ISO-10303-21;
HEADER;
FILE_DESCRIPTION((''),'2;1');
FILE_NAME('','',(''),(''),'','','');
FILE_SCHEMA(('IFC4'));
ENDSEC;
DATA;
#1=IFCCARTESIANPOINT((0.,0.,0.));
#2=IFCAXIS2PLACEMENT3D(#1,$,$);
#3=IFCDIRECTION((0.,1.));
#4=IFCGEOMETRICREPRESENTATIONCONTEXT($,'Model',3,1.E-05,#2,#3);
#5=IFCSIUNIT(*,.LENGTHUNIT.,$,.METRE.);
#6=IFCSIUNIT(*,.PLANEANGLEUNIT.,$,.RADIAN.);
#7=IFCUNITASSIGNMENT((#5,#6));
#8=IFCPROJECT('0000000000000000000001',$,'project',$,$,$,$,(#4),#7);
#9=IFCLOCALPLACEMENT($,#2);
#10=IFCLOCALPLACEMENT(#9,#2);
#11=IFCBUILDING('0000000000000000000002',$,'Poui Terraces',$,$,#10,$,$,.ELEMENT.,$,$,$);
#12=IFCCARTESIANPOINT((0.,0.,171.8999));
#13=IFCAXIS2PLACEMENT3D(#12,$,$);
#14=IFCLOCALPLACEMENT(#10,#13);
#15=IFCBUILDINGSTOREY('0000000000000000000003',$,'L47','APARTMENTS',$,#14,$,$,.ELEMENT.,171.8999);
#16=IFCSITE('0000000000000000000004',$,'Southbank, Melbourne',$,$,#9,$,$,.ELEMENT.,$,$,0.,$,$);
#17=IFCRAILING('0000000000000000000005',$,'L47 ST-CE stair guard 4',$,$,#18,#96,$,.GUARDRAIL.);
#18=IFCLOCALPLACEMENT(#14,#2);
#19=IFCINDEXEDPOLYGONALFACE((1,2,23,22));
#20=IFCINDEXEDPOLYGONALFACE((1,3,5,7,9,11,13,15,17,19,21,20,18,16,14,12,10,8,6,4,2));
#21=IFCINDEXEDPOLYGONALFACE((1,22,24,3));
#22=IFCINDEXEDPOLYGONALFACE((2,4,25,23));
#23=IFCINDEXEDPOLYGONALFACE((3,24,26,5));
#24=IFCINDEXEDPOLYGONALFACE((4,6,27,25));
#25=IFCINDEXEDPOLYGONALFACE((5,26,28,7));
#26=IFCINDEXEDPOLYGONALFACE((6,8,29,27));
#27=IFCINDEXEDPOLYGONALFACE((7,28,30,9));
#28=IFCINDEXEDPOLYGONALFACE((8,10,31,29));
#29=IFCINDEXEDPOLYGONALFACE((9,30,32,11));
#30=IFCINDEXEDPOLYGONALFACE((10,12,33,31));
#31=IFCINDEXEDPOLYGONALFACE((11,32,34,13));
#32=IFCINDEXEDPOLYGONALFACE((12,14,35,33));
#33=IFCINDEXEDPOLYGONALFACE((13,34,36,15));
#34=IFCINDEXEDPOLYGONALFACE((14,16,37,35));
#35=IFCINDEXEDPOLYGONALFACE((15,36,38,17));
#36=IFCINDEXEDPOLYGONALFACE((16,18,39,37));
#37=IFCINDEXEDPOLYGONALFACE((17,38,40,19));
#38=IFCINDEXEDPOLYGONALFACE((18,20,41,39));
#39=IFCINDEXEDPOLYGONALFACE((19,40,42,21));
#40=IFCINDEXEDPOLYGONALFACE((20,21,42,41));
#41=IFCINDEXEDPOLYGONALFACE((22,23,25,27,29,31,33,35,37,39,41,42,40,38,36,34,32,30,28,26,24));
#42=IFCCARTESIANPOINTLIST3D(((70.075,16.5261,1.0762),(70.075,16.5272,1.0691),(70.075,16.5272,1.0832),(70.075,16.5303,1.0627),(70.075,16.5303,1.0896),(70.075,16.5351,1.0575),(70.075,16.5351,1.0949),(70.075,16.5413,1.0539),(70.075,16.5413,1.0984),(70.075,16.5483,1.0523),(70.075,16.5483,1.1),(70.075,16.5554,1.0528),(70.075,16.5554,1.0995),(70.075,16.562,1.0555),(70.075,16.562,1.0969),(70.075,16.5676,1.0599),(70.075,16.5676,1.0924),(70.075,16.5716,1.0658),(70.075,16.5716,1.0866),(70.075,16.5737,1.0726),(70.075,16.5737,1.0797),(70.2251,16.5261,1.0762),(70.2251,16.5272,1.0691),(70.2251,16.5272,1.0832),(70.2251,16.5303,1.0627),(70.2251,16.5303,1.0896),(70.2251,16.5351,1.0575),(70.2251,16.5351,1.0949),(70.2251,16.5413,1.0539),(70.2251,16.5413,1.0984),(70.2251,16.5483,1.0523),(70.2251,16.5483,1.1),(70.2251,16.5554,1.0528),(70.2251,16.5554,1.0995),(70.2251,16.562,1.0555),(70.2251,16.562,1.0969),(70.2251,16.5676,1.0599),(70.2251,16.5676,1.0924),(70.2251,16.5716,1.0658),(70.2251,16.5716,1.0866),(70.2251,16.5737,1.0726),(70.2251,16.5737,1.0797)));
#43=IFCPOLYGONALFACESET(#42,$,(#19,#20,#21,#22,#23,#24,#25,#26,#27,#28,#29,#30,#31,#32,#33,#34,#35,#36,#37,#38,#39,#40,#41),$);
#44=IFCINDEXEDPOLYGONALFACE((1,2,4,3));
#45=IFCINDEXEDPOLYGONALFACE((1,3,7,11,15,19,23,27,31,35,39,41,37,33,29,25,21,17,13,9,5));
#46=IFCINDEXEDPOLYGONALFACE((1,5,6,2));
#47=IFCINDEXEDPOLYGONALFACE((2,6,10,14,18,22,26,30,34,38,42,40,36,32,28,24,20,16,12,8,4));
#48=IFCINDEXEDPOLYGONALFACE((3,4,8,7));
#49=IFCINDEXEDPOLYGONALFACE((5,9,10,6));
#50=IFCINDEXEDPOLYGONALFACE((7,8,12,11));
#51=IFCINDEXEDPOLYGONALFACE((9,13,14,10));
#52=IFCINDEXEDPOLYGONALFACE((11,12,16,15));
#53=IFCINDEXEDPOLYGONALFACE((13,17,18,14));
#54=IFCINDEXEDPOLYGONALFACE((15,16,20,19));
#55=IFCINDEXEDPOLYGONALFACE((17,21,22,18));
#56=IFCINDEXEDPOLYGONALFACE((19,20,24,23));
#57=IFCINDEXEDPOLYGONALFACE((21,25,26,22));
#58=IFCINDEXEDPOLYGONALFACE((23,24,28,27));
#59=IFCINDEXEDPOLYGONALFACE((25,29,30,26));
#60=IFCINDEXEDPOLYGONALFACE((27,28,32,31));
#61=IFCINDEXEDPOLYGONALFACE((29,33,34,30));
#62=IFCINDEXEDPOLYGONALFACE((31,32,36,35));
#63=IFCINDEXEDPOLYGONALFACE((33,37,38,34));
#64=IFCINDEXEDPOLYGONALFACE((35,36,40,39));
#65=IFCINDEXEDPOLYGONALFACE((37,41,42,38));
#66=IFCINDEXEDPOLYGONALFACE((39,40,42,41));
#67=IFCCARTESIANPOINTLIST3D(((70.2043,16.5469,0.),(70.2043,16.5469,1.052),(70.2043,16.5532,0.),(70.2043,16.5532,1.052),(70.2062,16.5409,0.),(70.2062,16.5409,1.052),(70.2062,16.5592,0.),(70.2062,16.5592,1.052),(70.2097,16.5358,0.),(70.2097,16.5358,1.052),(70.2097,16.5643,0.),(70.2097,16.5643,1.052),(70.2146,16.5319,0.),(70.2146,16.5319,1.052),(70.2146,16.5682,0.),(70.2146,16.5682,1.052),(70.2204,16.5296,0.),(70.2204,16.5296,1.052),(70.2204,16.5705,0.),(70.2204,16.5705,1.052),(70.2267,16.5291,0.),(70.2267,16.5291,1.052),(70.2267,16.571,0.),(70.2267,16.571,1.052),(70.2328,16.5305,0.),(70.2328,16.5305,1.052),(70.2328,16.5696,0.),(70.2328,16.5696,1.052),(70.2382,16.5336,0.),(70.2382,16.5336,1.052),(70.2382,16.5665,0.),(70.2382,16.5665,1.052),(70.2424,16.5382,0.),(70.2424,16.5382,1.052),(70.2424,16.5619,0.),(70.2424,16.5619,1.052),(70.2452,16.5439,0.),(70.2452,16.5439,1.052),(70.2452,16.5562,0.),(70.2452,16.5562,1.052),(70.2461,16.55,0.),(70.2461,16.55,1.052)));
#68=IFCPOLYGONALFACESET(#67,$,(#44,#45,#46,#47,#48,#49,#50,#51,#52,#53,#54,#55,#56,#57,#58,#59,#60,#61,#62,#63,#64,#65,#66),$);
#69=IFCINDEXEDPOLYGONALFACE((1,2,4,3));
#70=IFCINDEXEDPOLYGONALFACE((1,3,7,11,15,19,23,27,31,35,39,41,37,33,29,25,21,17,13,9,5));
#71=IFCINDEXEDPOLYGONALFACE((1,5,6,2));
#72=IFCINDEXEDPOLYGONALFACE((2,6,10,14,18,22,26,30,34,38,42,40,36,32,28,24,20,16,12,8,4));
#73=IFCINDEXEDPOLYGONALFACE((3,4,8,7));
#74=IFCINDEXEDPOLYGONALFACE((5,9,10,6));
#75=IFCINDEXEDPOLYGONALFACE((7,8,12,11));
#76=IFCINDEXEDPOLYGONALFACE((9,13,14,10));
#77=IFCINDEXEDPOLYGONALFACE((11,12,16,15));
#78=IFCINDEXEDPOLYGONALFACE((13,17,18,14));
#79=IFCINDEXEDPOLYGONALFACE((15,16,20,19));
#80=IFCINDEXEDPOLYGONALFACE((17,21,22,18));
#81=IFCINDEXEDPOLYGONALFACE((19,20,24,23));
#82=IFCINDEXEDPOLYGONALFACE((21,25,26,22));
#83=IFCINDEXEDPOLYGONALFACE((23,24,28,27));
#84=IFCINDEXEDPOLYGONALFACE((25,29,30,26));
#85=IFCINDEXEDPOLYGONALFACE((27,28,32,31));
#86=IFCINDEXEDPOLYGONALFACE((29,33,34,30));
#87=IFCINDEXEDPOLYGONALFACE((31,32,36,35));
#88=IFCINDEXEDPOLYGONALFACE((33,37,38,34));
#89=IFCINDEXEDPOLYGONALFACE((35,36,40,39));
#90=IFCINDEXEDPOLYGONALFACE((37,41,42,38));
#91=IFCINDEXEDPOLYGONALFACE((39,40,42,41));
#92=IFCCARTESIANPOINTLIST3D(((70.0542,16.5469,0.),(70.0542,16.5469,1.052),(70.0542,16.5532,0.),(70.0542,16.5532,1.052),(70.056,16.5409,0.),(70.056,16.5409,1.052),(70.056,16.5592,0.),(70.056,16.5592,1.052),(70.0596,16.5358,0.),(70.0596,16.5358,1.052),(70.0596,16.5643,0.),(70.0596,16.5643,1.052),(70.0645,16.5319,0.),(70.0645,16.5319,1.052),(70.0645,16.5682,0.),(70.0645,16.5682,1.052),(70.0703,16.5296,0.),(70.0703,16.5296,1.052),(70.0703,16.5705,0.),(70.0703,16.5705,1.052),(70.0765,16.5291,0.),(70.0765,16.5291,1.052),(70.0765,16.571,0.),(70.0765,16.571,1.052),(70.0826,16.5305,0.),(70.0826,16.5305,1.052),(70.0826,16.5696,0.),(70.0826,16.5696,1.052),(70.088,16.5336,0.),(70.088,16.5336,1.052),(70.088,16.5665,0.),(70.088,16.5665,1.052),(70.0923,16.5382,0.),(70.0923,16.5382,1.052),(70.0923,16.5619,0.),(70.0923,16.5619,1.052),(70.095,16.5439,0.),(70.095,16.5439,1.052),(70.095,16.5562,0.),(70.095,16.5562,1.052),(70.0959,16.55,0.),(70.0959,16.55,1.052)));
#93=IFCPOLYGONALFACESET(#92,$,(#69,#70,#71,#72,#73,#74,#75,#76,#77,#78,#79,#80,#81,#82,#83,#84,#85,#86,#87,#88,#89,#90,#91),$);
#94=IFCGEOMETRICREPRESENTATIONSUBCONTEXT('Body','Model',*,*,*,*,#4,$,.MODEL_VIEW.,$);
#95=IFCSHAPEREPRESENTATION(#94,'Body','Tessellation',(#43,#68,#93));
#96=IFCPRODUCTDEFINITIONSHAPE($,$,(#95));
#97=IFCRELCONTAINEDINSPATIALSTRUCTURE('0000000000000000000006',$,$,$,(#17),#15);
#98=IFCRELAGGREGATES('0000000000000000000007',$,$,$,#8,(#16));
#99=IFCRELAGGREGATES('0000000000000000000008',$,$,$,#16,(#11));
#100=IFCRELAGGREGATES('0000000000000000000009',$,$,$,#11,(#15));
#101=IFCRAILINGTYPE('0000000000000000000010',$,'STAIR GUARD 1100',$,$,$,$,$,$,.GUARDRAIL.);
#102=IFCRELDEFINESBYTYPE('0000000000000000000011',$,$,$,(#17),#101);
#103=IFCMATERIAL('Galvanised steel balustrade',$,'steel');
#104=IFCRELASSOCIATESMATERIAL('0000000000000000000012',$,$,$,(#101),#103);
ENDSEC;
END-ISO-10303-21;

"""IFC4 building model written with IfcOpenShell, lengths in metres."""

from ifc_helpers import new_model, si_unit, direction, frame, origin, origin_2d, place, context, subcontext, project, spatial, circle, extrude, material, type_object, element, save


model = new_model("IFC4")

# Units and contexts
model_context = context("Model", 3, precision=1e-05, world=origin(), true_north=direction((0.0, 1.0)))
body_context = subcontext(model_context, "Body", "Model", "MODEL_VIEW")
ifc_project = project(units=[si_unit("LENGTHUNIT", "METRE"), si_unit("PLANEANGLEUNIT", "RADIAN")], contexts=[model_context])

# Site, building, storey
site_placement = place(None, origin())
site = spatial("IfcSite", under=ifc_project, at=site_placement, Name="Southbank, Melbourne", CompositionType="ELEMENT", RefElevation=0.0)
building_placement = place(site_placement, origin())
building = spatial("IfcBuilding", under=site, at=building_placement, Name="Poui Terraces", CompositionType="ELEMENT")
storey_placement = place(building_placement, frame((0.0, 0.0, 171.8999)))
storey = spatial("IfcBuildingStorey", under=building, at=storey_placement, Name="L47", Description="APARTMENTS", CompositionType="ELEMENT", Elevation=171.8999)

# Railing
ifc_material_1 = material(Name="Galvanised steel balustrade", Category="steel")
railing_type_1 = type_object("IfcRailingType", Name="STAIR GUARD 1100", PredefinedType="GUARDRAIL", material=ifc_material_1)
railing_1_placement = place(storey_placement, frame((70.2251, 16.55, 0.0)))
element("IfcRailing", 1, at=railing_1_placement, inside=storey, type_object=railing_type_1, Name="L47 ST-CE stair guard 4", PredefinedType="GUARDRAIL", context=body_context, shape_type="SweptSolid", body=[
    extrude(circle(Radius=0.0239, at=origin_2d()), frame((0.0, 0.0, 1.0762), z_axis=(-1.0, 0.0, 0.0), x_axis=(0.0, -1.0, 0.0)), (0.0, 0.0, 1.0), 0.1501),
    extrude(circle(Radius=0.021, at=origin_2d()), origin(), (0.0, 0.0, 1.0), 1.052),
    extrude(circle(Radius=0.021, at=origin_2d()), frame((-0.1501, 0.0, 0.0)), (0.0, 0.0, 1.0), 1.052),
])

save(model, "model.ifc")
